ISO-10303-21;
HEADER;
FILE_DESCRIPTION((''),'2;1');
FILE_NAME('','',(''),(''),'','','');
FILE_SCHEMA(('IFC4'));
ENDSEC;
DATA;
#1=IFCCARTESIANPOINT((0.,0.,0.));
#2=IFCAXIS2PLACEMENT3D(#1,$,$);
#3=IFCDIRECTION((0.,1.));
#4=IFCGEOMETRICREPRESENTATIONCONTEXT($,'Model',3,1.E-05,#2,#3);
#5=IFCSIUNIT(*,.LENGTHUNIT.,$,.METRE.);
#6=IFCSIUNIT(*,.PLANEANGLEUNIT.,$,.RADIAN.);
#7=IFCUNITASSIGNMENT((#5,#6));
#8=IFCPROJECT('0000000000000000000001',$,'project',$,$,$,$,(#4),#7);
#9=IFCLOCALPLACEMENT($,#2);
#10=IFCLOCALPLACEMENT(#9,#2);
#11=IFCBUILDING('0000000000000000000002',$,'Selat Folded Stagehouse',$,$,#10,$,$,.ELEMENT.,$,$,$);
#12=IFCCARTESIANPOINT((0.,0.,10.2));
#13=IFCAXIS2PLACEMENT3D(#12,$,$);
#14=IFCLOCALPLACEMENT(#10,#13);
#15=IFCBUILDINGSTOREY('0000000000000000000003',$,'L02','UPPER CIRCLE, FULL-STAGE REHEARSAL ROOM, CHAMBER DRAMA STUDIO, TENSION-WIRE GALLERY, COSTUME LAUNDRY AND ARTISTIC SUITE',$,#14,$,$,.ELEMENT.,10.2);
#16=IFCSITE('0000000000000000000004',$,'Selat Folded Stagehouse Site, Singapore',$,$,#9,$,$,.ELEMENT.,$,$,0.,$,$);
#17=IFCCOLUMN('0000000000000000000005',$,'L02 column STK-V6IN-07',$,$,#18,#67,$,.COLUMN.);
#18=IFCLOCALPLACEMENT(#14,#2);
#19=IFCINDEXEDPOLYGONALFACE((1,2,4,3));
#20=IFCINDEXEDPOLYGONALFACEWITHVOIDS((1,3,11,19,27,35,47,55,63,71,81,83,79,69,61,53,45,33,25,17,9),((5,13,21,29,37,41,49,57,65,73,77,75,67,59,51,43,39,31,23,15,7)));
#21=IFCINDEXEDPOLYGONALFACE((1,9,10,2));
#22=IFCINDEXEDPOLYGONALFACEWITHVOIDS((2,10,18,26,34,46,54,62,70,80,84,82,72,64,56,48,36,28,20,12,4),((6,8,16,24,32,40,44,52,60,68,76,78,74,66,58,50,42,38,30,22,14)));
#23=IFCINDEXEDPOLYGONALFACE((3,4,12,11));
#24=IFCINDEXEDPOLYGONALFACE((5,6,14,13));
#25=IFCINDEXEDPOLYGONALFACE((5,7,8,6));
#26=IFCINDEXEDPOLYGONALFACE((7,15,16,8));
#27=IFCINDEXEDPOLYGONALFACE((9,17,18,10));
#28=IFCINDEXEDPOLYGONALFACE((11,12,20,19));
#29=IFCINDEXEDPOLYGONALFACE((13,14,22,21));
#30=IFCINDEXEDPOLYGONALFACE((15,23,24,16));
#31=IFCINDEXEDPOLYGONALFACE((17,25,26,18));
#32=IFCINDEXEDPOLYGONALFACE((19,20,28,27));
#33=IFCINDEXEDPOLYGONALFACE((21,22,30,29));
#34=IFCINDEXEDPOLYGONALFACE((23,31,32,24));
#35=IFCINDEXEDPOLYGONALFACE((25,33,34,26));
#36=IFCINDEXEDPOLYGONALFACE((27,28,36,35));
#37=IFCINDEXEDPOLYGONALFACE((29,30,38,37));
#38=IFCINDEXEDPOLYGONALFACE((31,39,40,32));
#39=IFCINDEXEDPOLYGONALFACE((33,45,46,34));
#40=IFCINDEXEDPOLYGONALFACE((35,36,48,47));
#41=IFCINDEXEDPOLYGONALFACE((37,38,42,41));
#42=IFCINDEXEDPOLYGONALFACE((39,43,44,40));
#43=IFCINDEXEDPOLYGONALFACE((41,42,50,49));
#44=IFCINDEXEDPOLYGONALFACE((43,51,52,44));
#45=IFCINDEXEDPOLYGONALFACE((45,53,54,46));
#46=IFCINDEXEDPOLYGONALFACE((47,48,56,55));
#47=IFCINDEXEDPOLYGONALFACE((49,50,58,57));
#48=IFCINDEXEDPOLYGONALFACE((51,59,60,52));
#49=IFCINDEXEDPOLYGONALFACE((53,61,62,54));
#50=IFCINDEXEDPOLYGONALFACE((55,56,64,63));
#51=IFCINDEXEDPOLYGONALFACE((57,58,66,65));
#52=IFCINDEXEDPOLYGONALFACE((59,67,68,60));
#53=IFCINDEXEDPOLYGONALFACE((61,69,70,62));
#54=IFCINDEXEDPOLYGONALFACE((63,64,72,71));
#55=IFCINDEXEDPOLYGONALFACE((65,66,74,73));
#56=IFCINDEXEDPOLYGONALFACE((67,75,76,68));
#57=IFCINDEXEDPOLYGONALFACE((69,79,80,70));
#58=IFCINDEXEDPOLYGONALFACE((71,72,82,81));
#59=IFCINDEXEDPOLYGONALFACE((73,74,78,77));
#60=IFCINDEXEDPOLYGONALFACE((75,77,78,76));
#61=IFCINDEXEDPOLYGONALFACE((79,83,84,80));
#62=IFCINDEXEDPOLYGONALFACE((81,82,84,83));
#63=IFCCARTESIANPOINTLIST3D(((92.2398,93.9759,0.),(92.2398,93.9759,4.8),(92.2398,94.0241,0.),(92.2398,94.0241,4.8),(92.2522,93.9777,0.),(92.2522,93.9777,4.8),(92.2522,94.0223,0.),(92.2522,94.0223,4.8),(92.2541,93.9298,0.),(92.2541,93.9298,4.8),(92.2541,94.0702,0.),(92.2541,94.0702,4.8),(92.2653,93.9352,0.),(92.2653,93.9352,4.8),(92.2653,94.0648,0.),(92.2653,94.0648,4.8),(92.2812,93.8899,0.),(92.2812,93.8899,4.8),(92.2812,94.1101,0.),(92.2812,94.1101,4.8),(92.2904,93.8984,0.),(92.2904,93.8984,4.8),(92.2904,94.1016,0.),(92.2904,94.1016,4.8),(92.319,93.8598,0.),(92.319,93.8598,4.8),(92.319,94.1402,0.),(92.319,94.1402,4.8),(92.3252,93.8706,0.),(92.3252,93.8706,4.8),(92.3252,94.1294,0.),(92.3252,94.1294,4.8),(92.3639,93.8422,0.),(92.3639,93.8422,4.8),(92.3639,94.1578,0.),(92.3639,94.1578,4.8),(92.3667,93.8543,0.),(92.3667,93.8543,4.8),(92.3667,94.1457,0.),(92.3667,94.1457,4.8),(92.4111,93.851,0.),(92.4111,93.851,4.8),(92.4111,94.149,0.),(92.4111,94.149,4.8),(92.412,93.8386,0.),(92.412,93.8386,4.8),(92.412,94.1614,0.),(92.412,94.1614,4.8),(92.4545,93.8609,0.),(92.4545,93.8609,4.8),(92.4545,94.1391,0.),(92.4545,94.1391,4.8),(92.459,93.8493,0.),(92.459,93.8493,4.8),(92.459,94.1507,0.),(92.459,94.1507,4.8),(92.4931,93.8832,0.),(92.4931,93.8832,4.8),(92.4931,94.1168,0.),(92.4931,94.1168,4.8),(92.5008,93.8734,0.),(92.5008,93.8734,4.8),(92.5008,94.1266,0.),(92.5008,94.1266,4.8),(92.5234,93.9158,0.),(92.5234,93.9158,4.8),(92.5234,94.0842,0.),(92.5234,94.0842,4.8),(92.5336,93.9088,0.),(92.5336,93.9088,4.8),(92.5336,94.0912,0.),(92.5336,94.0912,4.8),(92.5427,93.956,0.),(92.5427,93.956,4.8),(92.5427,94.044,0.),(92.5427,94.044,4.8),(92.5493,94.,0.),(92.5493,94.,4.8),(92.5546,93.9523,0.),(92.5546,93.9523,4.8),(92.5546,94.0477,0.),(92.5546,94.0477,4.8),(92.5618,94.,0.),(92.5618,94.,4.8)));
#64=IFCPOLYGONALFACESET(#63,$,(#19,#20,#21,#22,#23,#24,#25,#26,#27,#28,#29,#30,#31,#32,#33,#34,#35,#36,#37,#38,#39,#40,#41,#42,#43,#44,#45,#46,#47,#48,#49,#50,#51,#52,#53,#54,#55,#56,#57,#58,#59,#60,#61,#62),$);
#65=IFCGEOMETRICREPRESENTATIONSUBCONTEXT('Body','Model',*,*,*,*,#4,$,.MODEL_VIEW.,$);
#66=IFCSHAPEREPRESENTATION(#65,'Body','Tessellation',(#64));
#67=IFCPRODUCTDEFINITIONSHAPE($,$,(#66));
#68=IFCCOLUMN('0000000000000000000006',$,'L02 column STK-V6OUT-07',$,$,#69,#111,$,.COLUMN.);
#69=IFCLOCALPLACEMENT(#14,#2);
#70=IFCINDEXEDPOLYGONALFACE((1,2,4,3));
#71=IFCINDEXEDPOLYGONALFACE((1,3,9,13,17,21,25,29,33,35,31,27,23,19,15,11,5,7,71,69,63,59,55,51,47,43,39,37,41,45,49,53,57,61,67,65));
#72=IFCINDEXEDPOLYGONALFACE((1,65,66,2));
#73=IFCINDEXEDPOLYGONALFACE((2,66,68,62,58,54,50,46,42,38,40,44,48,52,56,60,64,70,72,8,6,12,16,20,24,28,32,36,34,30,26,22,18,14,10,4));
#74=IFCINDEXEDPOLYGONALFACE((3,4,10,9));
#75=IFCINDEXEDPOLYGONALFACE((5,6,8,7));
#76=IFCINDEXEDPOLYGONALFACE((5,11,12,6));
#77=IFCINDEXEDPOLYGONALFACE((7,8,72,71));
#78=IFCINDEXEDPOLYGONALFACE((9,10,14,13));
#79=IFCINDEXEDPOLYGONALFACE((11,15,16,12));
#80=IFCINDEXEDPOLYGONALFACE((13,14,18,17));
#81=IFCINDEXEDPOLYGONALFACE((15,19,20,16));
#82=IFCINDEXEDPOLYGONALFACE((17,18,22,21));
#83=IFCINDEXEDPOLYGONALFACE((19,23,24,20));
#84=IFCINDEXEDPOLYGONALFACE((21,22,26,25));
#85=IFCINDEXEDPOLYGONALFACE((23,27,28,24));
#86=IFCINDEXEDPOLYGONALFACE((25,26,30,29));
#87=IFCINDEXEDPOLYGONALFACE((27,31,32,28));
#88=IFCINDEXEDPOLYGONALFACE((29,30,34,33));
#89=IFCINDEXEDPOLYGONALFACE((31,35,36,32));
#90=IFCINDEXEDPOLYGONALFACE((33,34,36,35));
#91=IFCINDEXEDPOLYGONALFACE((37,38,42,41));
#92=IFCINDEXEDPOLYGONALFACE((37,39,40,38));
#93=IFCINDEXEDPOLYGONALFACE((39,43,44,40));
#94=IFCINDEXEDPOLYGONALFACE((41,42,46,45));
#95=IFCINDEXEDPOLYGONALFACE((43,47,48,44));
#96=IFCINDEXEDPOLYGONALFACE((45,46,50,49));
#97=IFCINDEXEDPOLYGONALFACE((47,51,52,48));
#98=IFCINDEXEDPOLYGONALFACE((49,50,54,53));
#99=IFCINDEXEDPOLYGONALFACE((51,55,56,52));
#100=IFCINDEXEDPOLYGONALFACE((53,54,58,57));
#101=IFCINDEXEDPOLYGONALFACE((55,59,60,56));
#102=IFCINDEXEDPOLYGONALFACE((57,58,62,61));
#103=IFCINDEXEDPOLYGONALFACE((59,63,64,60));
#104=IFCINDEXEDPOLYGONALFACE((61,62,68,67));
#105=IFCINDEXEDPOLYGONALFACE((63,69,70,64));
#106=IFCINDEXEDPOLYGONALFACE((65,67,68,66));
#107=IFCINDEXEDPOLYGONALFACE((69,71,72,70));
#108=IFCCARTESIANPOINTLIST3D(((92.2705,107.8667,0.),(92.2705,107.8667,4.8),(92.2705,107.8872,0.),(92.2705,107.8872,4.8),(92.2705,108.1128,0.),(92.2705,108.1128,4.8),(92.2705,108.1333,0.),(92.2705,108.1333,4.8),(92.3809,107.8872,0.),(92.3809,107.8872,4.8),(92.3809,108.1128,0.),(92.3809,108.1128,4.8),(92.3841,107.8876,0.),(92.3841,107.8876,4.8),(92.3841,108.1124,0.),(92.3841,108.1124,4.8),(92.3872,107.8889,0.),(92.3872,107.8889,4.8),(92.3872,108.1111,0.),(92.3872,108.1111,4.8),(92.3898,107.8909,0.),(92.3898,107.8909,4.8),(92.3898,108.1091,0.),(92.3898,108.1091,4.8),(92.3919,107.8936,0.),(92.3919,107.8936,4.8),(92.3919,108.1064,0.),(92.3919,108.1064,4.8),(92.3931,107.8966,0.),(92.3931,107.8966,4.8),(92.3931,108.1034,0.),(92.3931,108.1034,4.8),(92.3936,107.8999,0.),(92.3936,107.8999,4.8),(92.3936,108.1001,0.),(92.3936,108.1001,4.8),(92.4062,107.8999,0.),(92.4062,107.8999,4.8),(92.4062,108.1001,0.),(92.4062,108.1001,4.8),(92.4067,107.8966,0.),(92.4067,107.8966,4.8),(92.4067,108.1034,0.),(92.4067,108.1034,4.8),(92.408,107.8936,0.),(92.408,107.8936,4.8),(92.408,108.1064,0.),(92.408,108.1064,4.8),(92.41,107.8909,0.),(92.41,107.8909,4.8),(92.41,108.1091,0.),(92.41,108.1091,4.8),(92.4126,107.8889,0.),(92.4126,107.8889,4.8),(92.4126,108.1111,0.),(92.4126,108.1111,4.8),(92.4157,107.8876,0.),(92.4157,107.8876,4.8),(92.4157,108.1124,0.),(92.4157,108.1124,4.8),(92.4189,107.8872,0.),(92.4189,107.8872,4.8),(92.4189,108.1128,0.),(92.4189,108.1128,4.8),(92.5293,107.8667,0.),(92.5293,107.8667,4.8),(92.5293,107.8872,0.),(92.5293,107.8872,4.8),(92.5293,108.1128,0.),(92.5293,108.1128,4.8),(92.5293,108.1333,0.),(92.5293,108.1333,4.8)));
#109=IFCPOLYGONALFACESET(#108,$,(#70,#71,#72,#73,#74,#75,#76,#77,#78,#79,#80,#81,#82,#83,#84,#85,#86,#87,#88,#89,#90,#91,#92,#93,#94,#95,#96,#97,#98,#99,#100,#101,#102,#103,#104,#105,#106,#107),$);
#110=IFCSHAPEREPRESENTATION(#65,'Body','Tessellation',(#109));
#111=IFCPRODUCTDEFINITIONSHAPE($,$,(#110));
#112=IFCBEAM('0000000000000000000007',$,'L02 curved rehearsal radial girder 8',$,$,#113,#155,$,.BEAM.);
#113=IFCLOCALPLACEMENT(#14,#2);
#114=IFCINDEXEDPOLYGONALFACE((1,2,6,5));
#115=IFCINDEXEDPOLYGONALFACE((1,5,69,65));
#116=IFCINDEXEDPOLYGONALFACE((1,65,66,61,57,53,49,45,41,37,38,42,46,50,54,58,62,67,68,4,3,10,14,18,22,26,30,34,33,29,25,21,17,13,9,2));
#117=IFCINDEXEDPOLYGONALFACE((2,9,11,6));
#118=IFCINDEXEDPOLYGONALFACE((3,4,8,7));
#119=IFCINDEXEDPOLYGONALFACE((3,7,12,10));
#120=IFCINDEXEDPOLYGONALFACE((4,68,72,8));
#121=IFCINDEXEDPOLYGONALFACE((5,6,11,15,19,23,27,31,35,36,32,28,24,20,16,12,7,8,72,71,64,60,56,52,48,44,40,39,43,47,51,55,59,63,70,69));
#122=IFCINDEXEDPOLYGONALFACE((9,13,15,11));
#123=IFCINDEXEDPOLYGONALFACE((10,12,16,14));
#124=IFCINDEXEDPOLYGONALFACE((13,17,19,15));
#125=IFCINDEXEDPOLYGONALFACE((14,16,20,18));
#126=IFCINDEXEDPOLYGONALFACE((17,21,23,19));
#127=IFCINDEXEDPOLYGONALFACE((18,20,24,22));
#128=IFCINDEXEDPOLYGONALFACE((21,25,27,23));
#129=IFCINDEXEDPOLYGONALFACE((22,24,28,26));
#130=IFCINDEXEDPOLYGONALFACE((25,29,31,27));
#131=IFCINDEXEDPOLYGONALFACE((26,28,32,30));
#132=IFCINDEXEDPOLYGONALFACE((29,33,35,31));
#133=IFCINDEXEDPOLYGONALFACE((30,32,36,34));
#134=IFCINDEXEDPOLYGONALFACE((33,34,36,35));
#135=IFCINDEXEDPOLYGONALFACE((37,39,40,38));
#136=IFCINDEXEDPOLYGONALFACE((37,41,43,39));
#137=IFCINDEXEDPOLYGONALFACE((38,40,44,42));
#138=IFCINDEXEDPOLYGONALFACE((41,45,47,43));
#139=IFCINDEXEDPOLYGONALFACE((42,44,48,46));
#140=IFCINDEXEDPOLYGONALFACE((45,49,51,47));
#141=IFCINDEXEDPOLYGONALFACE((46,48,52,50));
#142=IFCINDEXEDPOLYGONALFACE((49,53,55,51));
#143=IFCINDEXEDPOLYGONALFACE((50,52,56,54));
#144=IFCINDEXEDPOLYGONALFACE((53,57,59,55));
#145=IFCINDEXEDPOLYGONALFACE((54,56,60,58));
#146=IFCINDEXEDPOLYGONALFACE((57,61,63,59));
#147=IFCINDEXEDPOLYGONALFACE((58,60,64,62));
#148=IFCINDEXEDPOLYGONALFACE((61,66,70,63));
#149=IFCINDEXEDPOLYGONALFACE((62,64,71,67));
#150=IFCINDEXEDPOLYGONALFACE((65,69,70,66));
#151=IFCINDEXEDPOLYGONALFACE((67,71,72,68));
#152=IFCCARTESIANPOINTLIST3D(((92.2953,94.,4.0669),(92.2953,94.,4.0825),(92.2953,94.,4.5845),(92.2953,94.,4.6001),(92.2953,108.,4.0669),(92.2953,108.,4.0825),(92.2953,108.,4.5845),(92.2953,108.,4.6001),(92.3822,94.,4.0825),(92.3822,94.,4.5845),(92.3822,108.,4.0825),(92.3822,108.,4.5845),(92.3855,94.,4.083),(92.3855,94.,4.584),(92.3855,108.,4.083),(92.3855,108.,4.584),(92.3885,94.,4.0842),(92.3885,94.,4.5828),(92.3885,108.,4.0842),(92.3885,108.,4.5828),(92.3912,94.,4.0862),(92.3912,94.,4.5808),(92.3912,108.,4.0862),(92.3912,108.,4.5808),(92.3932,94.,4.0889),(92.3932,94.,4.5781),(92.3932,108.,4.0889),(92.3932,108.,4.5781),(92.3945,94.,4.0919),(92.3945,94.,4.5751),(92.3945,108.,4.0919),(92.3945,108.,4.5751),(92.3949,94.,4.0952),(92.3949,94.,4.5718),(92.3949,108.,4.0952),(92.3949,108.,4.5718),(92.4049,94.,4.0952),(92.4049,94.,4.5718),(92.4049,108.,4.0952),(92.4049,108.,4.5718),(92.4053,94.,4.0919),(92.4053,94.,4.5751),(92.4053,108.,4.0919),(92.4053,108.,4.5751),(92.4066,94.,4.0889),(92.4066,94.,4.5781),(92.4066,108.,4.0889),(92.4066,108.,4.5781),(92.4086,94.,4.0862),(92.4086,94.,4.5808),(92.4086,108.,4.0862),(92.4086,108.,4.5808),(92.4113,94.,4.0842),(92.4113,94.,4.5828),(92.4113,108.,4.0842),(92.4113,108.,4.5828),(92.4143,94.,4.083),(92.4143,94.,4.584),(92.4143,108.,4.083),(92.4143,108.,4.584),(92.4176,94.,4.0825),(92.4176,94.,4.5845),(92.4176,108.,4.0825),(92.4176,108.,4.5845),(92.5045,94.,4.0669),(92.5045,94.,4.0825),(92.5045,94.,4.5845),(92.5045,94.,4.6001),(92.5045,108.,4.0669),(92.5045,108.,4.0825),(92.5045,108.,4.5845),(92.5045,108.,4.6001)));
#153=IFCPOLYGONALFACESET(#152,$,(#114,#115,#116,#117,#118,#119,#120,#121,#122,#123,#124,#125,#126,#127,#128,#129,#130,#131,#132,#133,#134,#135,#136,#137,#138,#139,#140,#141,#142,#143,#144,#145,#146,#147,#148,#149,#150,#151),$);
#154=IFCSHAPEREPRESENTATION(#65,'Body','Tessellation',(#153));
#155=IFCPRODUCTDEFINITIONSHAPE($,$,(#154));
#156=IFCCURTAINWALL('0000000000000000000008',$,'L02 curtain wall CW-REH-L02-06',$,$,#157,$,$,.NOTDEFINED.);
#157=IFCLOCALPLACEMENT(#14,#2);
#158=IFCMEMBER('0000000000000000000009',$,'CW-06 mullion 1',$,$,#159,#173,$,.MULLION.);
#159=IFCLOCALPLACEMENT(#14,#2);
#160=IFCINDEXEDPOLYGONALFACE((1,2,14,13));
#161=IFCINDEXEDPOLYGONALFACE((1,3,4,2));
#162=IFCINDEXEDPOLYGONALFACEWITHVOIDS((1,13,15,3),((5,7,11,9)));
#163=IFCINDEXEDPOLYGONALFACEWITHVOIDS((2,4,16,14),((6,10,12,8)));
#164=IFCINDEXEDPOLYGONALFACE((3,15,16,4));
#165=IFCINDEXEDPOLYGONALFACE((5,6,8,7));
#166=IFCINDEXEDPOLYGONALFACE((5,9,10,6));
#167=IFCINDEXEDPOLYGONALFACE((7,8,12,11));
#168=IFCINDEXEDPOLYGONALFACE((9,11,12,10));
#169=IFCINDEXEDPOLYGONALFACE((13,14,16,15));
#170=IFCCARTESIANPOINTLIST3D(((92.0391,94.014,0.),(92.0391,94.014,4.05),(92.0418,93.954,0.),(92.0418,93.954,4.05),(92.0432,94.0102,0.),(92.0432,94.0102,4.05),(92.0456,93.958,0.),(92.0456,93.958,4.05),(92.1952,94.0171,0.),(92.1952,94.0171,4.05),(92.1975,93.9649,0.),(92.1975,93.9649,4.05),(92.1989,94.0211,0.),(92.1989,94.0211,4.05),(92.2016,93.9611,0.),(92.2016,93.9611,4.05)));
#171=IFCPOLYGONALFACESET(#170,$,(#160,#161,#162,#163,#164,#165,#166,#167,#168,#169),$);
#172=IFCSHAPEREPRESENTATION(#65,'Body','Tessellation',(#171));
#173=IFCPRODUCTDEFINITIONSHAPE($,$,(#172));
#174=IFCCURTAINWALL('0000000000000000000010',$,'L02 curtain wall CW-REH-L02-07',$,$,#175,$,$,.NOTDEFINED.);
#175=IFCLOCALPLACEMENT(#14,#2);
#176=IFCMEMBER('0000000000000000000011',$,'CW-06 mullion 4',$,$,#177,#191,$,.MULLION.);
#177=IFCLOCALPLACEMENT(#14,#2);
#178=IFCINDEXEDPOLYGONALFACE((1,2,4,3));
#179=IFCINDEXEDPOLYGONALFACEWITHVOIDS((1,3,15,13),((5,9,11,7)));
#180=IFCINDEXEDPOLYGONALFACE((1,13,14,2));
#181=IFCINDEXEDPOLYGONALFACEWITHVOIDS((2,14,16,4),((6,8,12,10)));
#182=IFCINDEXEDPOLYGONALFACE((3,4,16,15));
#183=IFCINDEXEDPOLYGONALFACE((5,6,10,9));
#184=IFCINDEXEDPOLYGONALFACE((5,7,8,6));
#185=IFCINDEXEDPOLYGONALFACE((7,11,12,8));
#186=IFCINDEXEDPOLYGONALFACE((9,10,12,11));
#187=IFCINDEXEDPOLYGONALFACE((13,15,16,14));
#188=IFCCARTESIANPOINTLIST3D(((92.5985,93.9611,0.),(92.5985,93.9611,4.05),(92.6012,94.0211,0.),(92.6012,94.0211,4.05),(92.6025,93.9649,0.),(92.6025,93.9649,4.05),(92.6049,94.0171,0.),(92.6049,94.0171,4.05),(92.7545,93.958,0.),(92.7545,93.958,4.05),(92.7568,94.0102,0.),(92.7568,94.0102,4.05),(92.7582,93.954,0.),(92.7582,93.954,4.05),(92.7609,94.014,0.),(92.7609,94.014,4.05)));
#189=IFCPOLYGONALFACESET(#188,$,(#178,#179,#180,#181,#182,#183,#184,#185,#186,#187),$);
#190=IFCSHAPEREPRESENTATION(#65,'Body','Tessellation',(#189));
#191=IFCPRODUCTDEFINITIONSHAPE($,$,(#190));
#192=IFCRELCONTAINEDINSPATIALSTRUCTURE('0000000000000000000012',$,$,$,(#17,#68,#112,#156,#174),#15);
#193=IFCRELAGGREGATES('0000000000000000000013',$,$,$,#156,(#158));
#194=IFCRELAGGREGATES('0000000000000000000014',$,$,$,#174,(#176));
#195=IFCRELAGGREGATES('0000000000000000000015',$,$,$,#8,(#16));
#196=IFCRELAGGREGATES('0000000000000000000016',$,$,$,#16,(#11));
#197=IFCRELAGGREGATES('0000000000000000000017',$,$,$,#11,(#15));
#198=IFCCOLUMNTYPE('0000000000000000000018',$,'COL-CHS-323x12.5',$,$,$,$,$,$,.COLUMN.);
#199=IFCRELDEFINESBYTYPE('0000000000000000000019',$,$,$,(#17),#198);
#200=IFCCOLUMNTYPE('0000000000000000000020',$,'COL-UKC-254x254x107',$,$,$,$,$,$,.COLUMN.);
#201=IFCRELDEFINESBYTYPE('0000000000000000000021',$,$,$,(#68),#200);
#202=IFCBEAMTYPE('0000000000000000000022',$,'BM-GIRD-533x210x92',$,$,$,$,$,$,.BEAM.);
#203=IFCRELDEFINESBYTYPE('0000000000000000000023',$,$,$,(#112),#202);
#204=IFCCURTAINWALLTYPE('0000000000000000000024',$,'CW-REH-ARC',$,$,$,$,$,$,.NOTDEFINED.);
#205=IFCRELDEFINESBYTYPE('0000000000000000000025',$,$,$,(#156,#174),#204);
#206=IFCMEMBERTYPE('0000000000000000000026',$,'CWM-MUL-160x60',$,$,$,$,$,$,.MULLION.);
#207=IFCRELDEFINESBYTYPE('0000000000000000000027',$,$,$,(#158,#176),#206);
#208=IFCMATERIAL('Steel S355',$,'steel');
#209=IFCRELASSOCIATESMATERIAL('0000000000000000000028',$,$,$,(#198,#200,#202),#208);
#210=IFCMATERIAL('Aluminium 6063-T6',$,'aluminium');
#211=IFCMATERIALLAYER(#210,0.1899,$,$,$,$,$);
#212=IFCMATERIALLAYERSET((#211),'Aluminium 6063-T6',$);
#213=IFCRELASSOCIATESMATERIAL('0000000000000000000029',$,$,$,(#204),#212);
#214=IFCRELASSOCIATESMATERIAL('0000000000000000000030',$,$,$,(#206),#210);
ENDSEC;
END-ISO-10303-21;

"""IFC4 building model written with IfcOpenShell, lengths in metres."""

from ifc_helpers import new_model, si_unit, direction, frame, origin, origin_2d, place, context, subcontext, project, spatial, hollow_rectangle, hollow_circle, i_section, extrude, material, layer, layer_set, material_profile, profile_set, type_object, element, aggregate, save


model = new_model("IFC4")

# Units and contexts
model_context = context("Model", 3, precision=1e-05, world=origin(), true_north=direction((0.0, 1.0)))
body_context = subcontext(model_context, "Body", "Model", "MODEL_VIEW")
ifc_project = project(units=[si_unit("LENGTHUNIT", "METRE"), si_unit("PLANEANGLEUNIT", "RADIAN")], contexts=[model_context])

# Site, building, storey
site_placement = place(None, origin())
site = spatial("IfcSite", under=ifc_project, at=site_placement, Name="Selat Folded Stagehouse Site, Singapore", CompositionType="ELEMENT", RefElevation=0.0)
building_placement = place(site_placement, origin())
building = spatial("IfcBuilding", under=site, at=building_placement, Name="Selat Folded Stagehouse", CompositionType="ELEMENT")
storey_placement = place(building_placement, frame((0.0, 0.0, 10.2)))
storey = spatial("IfcBuildingStorey", under=building, at=storey_placement, Name="L02", Description="UPPER CIRCLE, FULL-STAGE REHEARSAL ROOM, CHAMBER DRAMA STUDIO, TENSION-WIRE GALLERY, COSTUME LAUNDRY AND ARTISTIC SUITE", CompositionType="ELEMENT", Elevation=10.2)

# Columns
ifc_material_1 = material(Name="Steel S355", Category="steel")
ifc_material_profile_1 = material_profile(ifc_material_1, hollow_circle(Radius=0.1619, WallThickness=0.0125, at=origin_2d()), Name="CHS 323.9x12.5")
ifc_profile_set_1 = profile_set([ifc_material_profile_1], Name="Steel S355")
column_type_1 = type_object("IfcColumnType", Name="COL-CHS-323x12.5", PredefinedType="COLUMN", material=ifc_profile_set_1)
column_1_placement = place(storey_placement, frame((92.3999, 94.0, 0.0), z_axis=(0.0, 0.0, 1.0), x_axis=(1.0, 0.0, 0.0)))
element("IfcColumn", 1, at=column_1_placement, inside=storey, type_object=column_type_1, Name="L02 column STK-V6IN-07", PredefinedType="COLUMN", context=body_context, shape_type="SweptSolid", body=[
    extrude(hollow_circle(Radius=0.1619, WallThickness=0.0125, at=origin_2d()), origin(), (0.0, 0.0, 1.0), 4.8),
])
ifc_material_profile_2 = material_profile(ifc_material_1, i_section(OverallWidth=0.2588, OverallDepth=0.2666, WebThickness=0.0127, FlangeThickness=0.0205, FilletRadius=0.0127, at=origin_2d()), Name="UKC 254x254x107")
ifc_profile_set_2 = profile_set([ifc_material_profile_2], Name="Steel S355")
column_type_2 = type_object("IfcColumnType", Name="COL-UKC-254x254x107", PredefinedType="COLUMN", material=ifc_profile_set_2)
column_2_placement = place(storey_placement, frame((92.3999, 108.0, 0.0), z_axis=(0.0, 0.0, 1.0), x_axis=(1.0, 0.0, 0.0)))
element("IfcColumn", 2, at=column_2_placement, inside=storey, type_object=column_type_2, Name="L02 column STK-V6OUT-07", PredefinedType="COLUMN", context=body_context, shape_type="SweptSolid", body=[
    extrude(i_section(OverallWidth=0.2588, OverallDepth=0.2666, WebThickness=0.0127, FlangeThickness=0.0205, FilletRadius=0.0127, at=origin_2d()), origin(), (0.0, 0.0, 1.0), 4.8),
])

# Beam
ifc_material_profile_3 = material_profile(ifc_material_1, i_section(OverallWidth=0.2092, OverallDepth=0.5332, WebThickness=0.01, FlangeThickness=0.0156, FilletRadius=0.0127, at=origin_2d()), Name="UKB 533x210x92")
ifc_profile_set_3 = profile_set([ifc_material_profile_3], Name="Steel S355")
beam_type_1 = type_object("IfcBeamType", Name="BM-GIRD-533x210x92", PredefinedType="BEAM", material=ifc_profile_set_3)
beam_1_placement = place(storey_placement, frame((92.3999, 94.0, 4.3335), z_axis=(0.0, 1.0, 0.0), x_axis=(-1.0, 0.0, 0.0)))
element("IfcBeam", 3, at=beam_1_placement, inside=storey, type_object=beam_type_1, Name="L02 curved rehearsal radial girder 8", PredefinedType="BEAM", context=body_context, shape_type="SweptSolid", body=[
    extrude(i_section(OverallWidth=0.2092, OverallDepth=0.5332, WebThickness=0.01, FlangeThickness=0.0156, FilletRadius=0.0127, at=origin_2d()), origin(), (0.0, 0.0, 1.0), 14.0),
])

# Curtain walls, members
ifc_material_2 = material(Name="Aluminium 6063-T6", Category="aluminium")
ifc_layer_1 = layer(ifc_material_2, 0.1899)
ifc_layer_set_1 = layer_set([ifc_layer_1], Name="Aluminium 6063-T6")
curtain_wall_type = type_object("IfcCurtainWallType", Name="CW-REH-ARC", PredefinedType="NOTDEFINED", material=ifc_layer_set_1)
curtain_wall_1_placement = place(storey_placement, origin())
curtain_wall_1 = element("IfcCurtainWall", 4, at=curtain_wall_1_placement, inside=storey, type_object=curtain_wall_type, Name="L02 curtain wall CW-REH-L02-06", PredefinedType="NOTDEFINED")
ifc_material_profile_4 = material_profile(ifc_material_2, hollow_rectangle(XDim=0.0601, YDim=0.1599, WallThickness=0.0039, at=origin_2d()), Name="ALU 160x60x4.0")
ifc_profile_set_4 = profile_set([ifc_material_profile_4], Name="Aluminium 6063-T6")
member_type_1 = type_object("IfcMemberType", Name="CWM-MUL-160x60", PredefinedType="MULLION", material=ifc_profile_set_4)
member_1_placement = place(storey_placement, frame((92.1204, 93.9875, 0.0), z_axis=(0.0, 0.0, 1.0), x_axis=(0.044862, -0.998993, 0.0)))
member_1 = element("IfcMember", 5, at=member_1_placement, type_object=member_type_1, Name="CW-06 mullion 1", PredefinedType="MULLION", context=body_context, shape_type="SweptSolid", body=[
    extrude(hollow_rectangle(XDim=0.0601, YDim=0.1599, WallThickness=0.0039, at=origin_2d()), origin(), (0.0, 0.0, 1.0), 4.05),
])
curtain_wall_2_placement = place(storey_placement, origin())
curtain_wall_2 = element("IfcCurtainWall", 6, at=curtain_wall_2_placement, inside=storey, type_object=curtain_wall_type, Name="L02 curtain wall CW-REH-L02-07", PredefinedType="NOTDEFINED")
member_2_placement = place(storey_placement, frame((92.6797, 93.9875, 0.0), z_axis=(0.0, 0.0, 1.0), x_axis=(-0.044862, -0.998993, 0.0)))
member_2 = element("IfcMember", 7, at=member_2_placement, type_object=member_type_1, Name="CW-06 mullion 4", PredefinedType="MULLION", context=body_context, shape_type="SweptSolid", body=[
    extrude(hollow_rectangle(XDim=0.0601, YDim=0.1599, WallThickness=0.0039, at=origin_2d()), origin(), (0.0, 0.0, 1.0), 4.05),
])

aggregate(curtain_wall_1, [member_1])
aggregate(curtain_wall_2, [member_2])

save(model, "model.ifc")
